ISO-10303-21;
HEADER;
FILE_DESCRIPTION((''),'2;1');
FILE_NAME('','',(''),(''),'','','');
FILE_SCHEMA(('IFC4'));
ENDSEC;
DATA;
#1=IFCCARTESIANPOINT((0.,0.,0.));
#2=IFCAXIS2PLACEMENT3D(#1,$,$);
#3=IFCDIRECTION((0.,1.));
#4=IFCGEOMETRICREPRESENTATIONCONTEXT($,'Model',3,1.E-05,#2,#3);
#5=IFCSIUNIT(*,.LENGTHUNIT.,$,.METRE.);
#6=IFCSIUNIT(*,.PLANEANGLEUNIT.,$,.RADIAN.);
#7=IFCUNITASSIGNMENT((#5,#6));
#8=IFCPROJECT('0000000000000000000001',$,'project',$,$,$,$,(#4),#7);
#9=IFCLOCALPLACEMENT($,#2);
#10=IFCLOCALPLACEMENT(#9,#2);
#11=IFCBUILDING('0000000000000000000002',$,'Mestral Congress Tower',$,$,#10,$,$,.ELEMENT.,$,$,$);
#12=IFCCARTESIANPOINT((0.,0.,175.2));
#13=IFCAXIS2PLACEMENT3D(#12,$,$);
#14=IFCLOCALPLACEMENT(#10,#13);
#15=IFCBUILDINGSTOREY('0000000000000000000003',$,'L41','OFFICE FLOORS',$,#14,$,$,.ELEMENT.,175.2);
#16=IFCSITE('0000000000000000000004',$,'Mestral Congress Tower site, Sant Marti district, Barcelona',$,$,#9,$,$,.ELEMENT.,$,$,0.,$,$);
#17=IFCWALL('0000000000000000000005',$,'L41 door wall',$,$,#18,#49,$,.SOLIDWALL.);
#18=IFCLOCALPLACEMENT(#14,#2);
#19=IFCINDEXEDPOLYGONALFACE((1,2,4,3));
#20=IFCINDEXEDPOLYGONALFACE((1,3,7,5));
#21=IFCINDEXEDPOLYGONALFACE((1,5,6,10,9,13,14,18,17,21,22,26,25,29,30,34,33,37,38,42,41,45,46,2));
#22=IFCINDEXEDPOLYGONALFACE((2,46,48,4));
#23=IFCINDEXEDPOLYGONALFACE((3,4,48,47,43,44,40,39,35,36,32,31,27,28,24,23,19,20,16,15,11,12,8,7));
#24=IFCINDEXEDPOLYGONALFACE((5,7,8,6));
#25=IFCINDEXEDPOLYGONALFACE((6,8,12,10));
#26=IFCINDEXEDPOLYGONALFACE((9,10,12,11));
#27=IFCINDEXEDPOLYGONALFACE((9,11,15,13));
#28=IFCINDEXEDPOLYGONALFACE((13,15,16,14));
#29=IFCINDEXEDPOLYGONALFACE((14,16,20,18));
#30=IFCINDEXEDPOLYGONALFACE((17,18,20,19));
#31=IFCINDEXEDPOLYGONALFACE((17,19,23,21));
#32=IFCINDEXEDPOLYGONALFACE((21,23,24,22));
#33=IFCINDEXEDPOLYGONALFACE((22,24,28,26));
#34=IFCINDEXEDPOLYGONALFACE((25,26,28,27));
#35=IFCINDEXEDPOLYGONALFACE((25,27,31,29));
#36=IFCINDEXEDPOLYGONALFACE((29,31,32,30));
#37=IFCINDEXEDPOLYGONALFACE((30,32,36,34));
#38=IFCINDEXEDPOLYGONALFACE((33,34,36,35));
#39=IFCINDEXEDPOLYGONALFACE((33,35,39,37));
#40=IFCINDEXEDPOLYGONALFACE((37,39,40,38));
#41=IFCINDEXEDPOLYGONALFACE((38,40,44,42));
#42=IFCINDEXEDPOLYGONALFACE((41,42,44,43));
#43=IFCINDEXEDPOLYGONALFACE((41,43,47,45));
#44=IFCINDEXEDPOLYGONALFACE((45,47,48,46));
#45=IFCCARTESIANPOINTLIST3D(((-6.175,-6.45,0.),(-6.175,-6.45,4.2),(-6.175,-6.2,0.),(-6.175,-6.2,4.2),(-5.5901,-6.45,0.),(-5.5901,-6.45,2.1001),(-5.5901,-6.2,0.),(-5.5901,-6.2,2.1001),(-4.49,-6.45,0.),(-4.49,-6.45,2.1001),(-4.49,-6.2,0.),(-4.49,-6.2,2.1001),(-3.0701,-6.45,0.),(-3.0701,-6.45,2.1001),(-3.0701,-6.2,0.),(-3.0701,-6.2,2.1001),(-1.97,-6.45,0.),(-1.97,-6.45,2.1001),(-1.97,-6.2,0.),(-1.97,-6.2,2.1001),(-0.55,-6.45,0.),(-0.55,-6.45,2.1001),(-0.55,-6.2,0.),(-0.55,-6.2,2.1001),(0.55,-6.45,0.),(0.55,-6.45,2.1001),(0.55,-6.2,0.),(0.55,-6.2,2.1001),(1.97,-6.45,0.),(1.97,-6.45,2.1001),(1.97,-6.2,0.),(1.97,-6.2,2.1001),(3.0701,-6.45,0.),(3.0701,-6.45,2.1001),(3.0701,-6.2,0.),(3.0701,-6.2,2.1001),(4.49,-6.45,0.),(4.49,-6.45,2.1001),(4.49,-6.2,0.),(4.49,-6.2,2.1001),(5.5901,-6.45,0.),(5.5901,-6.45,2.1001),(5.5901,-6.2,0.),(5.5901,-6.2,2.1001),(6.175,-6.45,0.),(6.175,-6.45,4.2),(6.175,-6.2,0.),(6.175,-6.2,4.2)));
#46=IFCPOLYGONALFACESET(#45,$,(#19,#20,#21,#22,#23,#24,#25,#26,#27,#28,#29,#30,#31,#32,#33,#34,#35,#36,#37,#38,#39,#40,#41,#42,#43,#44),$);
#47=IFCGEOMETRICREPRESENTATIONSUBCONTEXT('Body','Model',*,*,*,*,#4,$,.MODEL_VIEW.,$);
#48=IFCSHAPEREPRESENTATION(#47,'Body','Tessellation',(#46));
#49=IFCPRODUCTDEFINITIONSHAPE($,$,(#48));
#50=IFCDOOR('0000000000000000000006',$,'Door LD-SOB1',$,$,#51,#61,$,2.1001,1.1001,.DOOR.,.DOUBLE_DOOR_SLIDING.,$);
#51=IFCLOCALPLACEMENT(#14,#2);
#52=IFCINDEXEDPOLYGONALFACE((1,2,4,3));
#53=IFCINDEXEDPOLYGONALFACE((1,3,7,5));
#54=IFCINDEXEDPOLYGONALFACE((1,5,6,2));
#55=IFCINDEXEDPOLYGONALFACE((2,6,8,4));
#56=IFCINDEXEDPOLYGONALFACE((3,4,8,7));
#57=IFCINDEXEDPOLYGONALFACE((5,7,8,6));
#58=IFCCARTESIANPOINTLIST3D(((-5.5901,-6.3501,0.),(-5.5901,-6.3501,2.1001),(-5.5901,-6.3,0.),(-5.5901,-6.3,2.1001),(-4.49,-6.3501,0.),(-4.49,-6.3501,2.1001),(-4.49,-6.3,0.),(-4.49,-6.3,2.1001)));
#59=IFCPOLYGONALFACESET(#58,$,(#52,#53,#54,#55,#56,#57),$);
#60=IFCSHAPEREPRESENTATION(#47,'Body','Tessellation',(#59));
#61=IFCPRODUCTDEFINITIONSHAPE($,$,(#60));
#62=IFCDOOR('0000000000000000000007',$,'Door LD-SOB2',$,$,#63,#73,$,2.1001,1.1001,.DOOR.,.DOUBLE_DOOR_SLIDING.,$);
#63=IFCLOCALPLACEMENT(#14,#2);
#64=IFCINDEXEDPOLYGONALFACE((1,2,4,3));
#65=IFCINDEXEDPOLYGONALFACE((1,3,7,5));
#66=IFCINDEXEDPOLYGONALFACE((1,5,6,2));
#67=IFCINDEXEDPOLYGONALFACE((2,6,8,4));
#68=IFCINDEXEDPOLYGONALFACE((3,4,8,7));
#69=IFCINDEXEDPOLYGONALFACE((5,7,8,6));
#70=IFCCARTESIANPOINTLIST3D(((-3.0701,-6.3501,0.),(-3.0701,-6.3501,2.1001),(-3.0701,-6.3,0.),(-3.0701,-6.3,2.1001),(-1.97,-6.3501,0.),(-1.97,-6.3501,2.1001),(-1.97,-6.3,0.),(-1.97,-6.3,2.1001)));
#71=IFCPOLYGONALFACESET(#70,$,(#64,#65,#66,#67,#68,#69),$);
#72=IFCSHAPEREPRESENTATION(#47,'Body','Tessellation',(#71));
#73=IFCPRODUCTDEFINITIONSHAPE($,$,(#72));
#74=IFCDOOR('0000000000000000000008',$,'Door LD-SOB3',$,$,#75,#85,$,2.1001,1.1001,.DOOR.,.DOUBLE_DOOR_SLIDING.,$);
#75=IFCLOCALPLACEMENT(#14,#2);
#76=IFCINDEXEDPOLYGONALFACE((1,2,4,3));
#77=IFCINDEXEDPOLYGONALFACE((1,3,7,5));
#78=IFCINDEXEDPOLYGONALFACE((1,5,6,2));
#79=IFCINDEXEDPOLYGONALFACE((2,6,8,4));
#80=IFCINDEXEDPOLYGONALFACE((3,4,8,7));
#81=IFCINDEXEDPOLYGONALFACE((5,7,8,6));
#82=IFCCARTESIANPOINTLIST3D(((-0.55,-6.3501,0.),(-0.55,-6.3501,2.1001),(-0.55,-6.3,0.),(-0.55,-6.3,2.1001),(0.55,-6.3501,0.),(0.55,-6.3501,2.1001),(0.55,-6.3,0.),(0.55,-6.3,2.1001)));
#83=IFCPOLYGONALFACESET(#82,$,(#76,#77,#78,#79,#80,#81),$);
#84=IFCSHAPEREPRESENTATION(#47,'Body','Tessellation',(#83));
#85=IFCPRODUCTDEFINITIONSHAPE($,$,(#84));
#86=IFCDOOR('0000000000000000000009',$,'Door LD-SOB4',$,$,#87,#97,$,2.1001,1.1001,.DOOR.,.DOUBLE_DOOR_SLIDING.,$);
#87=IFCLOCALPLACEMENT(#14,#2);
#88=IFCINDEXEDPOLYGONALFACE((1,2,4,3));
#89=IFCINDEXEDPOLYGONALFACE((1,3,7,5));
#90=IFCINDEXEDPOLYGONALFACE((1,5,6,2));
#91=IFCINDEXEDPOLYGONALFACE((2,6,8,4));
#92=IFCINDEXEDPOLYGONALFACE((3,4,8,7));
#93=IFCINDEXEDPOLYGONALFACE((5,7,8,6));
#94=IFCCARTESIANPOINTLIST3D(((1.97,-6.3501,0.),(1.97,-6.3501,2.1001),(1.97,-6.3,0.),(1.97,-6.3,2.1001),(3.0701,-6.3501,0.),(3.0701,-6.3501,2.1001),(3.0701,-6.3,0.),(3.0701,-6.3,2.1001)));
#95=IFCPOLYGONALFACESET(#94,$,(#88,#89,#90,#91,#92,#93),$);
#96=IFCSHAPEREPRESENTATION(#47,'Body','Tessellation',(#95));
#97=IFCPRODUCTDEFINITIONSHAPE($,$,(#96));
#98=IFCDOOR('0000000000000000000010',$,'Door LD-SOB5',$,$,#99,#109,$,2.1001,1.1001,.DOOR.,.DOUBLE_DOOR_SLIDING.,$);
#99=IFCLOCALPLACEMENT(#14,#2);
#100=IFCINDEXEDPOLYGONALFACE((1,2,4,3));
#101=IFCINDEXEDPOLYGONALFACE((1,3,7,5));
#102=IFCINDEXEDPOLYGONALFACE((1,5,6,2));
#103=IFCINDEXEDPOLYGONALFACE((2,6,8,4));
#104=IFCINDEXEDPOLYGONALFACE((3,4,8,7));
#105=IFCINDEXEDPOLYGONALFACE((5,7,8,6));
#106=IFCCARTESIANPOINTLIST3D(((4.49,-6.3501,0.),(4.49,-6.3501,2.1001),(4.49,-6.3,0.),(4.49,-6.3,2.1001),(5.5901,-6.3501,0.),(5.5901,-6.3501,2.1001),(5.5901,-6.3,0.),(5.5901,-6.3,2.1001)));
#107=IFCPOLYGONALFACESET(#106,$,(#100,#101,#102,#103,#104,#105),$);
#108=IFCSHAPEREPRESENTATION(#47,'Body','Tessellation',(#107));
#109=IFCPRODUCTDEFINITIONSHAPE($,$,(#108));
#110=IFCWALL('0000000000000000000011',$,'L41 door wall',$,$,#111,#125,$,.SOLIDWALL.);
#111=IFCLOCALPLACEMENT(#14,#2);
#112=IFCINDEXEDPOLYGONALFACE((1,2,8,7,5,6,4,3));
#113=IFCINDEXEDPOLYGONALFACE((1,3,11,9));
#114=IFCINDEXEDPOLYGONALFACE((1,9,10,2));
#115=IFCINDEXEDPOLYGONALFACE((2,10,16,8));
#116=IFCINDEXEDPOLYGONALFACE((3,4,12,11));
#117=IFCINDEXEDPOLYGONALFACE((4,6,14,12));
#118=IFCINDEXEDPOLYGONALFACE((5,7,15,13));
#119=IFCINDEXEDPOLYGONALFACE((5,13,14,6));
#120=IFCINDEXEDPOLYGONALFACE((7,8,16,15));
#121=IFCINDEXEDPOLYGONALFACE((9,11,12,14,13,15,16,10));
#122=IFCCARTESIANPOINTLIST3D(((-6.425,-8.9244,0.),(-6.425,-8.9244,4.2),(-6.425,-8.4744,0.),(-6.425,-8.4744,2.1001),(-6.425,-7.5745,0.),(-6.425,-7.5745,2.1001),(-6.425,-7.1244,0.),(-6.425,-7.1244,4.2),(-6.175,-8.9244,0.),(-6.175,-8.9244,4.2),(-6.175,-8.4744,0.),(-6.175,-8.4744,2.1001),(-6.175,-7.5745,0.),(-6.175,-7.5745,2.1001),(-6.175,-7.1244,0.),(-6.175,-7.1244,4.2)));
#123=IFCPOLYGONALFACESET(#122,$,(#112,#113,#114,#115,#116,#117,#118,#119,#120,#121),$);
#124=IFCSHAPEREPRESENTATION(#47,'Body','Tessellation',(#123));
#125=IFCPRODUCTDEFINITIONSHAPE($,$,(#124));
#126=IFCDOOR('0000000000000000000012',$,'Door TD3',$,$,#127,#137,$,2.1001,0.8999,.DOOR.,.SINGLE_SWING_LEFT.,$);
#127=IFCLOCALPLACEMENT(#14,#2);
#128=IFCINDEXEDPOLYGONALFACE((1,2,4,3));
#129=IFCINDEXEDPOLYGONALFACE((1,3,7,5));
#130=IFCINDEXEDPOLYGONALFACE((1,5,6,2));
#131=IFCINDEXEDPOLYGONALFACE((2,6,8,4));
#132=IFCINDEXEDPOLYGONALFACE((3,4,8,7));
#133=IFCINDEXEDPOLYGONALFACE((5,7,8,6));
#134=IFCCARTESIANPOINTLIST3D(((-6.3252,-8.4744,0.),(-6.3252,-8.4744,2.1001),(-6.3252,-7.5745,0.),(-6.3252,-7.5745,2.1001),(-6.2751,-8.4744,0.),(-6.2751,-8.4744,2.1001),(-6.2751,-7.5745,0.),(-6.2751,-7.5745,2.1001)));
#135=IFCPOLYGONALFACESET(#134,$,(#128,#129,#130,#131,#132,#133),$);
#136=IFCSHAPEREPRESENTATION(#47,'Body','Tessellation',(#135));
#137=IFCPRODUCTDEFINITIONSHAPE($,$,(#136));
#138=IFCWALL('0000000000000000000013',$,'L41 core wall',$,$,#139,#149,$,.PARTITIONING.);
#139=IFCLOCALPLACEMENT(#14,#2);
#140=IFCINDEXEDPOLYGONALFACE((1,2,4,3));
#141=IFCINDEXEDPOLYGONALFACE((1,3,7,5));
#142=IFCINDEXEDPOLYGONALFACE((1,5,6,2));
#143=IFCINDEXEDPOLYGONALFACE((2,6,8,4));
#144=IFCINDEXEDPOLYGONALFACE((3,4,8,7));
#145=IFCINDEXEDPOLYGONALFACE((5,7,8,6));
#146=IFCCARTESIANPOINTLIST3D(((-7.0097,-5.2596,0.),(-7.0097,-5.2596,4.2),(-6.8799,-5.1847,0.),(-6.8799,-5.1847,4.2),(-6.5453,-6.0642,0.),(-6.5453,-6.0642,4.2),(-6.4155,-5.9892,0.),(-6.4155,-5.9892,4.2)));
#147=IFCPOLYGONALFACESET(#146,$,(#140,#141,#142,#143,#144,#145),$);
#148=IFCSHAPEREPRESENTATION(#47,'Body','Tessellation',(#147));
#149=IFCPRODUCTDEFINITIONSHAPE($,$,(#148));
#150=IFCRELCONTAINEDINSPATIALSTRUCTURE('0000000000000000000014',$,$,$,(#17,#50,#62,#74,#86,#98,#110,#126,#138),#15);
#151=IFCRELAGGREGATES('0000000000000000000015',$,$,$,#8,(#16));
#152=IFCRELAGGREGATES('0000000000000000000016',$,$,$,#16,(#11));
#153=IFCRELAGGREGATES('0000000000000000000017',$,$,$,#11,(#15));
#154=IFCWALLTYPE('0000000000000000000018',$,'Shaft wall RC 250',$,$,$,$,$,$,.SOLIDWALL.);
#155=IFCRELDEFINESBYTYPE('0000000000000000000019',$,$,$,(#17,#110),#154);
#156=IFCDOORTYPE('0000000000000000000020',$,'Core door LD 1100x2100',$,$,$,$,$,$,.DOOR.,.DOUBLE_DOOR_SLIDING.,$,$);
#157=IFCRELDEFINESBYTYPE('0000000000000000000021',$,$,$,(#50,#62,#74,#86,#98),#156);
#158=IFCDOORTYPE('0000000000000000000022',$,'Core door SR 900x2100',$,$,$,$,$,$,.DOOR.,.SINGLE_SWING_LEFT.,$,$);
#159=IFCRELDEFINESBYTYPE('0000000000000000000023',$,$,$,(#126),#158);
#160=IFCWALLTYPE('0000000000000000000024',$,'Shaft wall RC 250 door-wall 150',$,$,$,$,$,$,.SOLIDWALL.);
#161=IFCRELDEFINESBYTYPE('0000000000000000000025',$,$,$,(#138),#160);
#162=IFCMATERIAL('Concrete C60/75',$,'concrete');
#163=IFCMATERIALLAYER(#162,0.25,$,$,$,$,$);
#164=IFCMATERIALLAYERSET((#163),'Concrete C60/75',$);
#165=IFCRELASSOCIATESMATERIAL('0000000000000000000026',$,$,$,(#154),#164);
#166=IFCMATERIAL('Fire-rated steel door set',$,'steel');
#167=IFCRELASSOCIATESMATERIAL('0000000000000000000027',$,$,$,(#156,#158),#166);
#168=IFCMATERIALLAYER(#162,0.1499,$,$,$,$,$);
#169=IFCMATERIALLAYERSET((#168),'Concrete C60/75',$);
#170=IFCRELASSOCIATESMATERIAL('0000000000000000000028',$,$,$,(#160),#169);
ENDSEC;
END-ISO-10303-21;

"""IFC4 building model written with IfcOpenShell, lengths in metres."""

from ifc_helpers import new_model, si_unit, direction, frame, frame_2d, origin, place, context, subcontext, project, spatial, rectangle, extrude, material, layer, layer_set, type_object, element, fill, save


model = new_model("IFC4")

# Units and contexts
model_context = context("Model", 3, precision=1e-05, world=origin(), true_north=direction((0.0, 1.0)))
body_context = subcontext(model_context, "Body", "Model", "MODEL_VIEW")
ifc_project = project(units=[si_unit("LENGTHUNIT", "METRE"), si_unit("PLANEANGLEUNIT", "RADIAN")], contexts=[model_context])

# Site, building, storey
site_placement = place(None, origin())
site = spatial("IfcSite", under=ifc_project, at=site_placement, Name="Mestral Congress Tower site, Sant Marti district, Barcelona", CompositionType="ELEMENT", RefElevation=0.0)
building_placement = place(site_placement, origin())
building = spatial("IfcBuilding", under=site, at=building_placement, Name="Mestral Congress Tower", CompositionType="ELEMENT")
storey_placement = place(building_placement, frame((0.0, 0.0, 175.2)))
storey = spatial("IfcBuildingStorey", under=building, at=storey_placement, Name="L41", Description="OFFICE FLOORS", CompositionType="ELEMENT", Elevation=175.2)

# Shared definitions
ifc_material_1 = material(Name="Fire-rated steel door set", Category="steel")

# Shared definitions
ifc_material_2 = material(Name="Concrete C60/75", Category="concrete")
ifc_layer_1 = layer(ifc_material_2, 0.25)
ifc_layer_set_1 = layer_set([ifc_layer_1], Name="Concrete C60/75")
wall_type_1 = type_object("IfcWallType", Name="Shaft wall RC 250", PredefinedType="SOLIDWALL", material=ifc_layer_set_1)

# Wall, openings, doors
wall_1_placement = place(storey_placement, frame((-6.175, -6.325, 0.0), z_axis=(0.0, 0.0, 1.0), x_axis=(1.0, 0.0, 0.0)))
wall_1 = element("IfcWall", 1, at=wall_1_placement, inside=storey, type_object=wall_type_1, Name="L41 door wall", PredefinedType="SOLIDWALL", context=body_context, shape_type="SweptSolid", body=[
    extrude(rectangle(XDim=12.3501, YDim=0.25, at=frame_2d((6.175, 0.0))), origin(), (0.0, 0.0, 1.0), 4.2),
])
opening_1_placement = place(wall_1_placement, frame((0.585, 0.0, 0.0)))
opening_1 = element("IfcOpeningElement", 2, at=opening_1_placement, cuts=wall_1, PredefinedType="OPENING", context=body_context, shape_type="SweptSolid", body=[
    extrude(rectangle(XDim=1.1001, YDim=2.1001, at=frame_2d((0.55, 1.05))), frame((0.0, 0.135, 0.0), z_axis=(0.0, -1.0, 0.0), x_axis=(1.0, 0.0, 0.0)), (0.0, 0.0, 1.0), 0.27),
])
opening_2_placement = place(wall_1_placement, frame((3.105, 0.0, 0.0)))
opening_2 = element("IfcOpeningElement", 3, at=opening_2_placement, cuts=wall_1, PredefinedType="OPENING", context=body_context, shape_type="SweptSolid", body=[
    extrude(rectangle(XDim=1.1001, YDim=2.1001, at=frame_2d((0.55, 1.05))), frame((0.0, 0.135, 0.0), z_axis=(0.0, -1.0, 0.0), x_axis=(1.0, 0.0, 0.0)), (0.0, 0.0, 1.0), 0.27),
])
opening_3_placement = place(wall_1_placement, frame((5.625, 0.0, 0.0)))
opening_3 = element("IfcOpeningElement", 4, at=opening_3_placement, cuts=wall_1, PredefinedType="OPENING", context=body_context, shape_type="SweptSolid", body=[
    extrude(rectangle(XDim=1.1001, YDim=2.1001, at=frame_2d((0.55, 1.05))), frame((0.0, 0.135, 0.0), z_axis=(0.0, -1.0, 0.0), x_axis=(1.0, 0.0, 0.0)), (0.0, 0.0, 1.0), 0.27),
])
opening_4_placement = place(wall_1_placement, frame((8.145, 0.0, 0.0)))
opening_4 = element("IfcOpeningElement", 5, at=opening_4_placement, cuts=wall_1, PredefinedType="OPENING", context=body_context, shape_type="SweptSolid", body=[
    extrude(rectangle(XDim=1.1001, YDim=2.1001, at=frame_2d((0.55, 1.05))), frame((0.0, 0.135, 0.0), z_axis=(0.0, -1.0, 0.0), x_axis=(1.0, 0.0, 0.0)), (0.0, 0.0, 1.0), 0.27),
])
opening_5_placement = place(wall_1_placement, frame((10.665, 0.0, 0.0)))
opening_5 = element("IfcOpeningElement", 6, at=opening_5_placement, cuts=wall_1, PredefinedType="OPENING", context=body_context, shape_type="SweptSolid", body=[
    extrude(rectangle(XDim=1.1001, YDim=2.1001, at=frame_2d((0.55, 1.05))), frame((0.0, 0.135, 0.0), z_axis=(0.0, -1.0, 0.0), x_axis=(1.0, 0.0, 0.0)), (0.0, 0.0, 1.0), 0.27),
])
door_type_1 = type_object("IfcDoorType", Name="Core door LD 1100x2100", OperationType="DOUBLE_DOOR_SLIDING", PredefinedType="DOOR", material=ifc_material_1)
door_1_placement = place(opening_1_placement, origin())
door_1 = element("IfcDoor", 7, at=door_1_placement, inside=storey, type_object=door_type_1, Name="Door LD-SOB1", OperationType="DOUBLE_DOOR_SLIDING", OverallHeight=2.1001, OverallWidth=1.1001, PredefinedType="DOOR", context=body_context, shape_type="SweptSolid", body=[
    extrude(rectangle(XDim=1.1001, YDim=2.1001, at=frame_2d((0.55, 1.05))), frame((0.0, 0.0249, 0.0), z_axis=(0.0, -1.0, 0.0), x_axis=(1.0, 0.0, 0.0)), (0.0, 0.0, 1.0), 0.05),
])
fill(opening_1, door_1)
door_2_placement = place(opening_2_placement, origin())
door_2 = element("IfcDoor", 8, at=door_2_placement, inside=storey, type_object=door_type_1, Name="Door LD-SOB2", OperationType="DOUBLE_DOOR_SLIDING", OverallHeight=2.1001, OverallWidth=1.1001, PredefinedType="DOOR", context=body_context, shape_type="SweptSolid", body=[
    extrude(rectangle(XDim=1.1001, YDim=2.1001, at=frame_2d((0.55, 1.05))), frame((0.0, 0.0249, 0.0), z_axis=(0.0, -1.0, 0.0), x_axis=(1.0, 0.0, 0.0)), (0.0, 0.0, 1.0), 0.05),
])
fill(opening_2, door_2)
door_3_placement = place(opening_3_placement, origin())
door_3 = element("IfcDoor", 9, at=door_3_placement, inside=storey, type_object=door_type_1, Name="Door LD-SOB3", OperationType="DOUBLE_DOOR_SLIDING", OverallHeight=2.1001, OverallWidth=1.1001, PredefinedType="DOOR", context=body_context, shape_type="SweptSolid", body=[
    extrude(rectangle(XDim=1.1001, YDim=2.1001, at=frame_2d((0.55, 1.05))), frame((0.0, 0.0249, 0.0), z_axis=(0.0, -1.0, 0.0), x_axis=(1.0, 0.0, 0.0)), (0.0, 0.0, 1.0), 0.05),
])
fill(opening_3, door_3)
door_4_placement = place(opening_4_placement, origin())
door_4 = element("IfcDoor", 10, at=door_4_placement, inside=storey, type_object=door_type_1, Name="Door LD-SOB4", OperationType="DOUBLE_DOOR_SLIDING", OverallHeight=2.1001, OverallWidth=1.1001, PredefinedType="DOOR", context=body_context, shape_type="SweptSolid", body=[
    extrude(rectangle(XDim=1.1001, YDim=2.1001, at=frame_2d((0.55, 1.05))), frame((0.0, 0.0249, 0.0), z_axis=(0.0, -1.0, 0.0), x_axis=(1.0, 0.0, 0.0)), (0.0, 0.0, 1.0), 0.05),
])
fill(opening_4, door_4)
door_5_placement = place(opening_5_placement, origin())
door_5 = element("IfcDoor", 11, at=door_5_placement, inside=storey, type_object=door_type_1, Name="Door LD-SOB5", OperationType="DOUBLE_DOOR_SLIDING", OverallHeight=2.1001, OverallWidth=1.1001, PredefinedType="DOOR", context=body_context, shape_type="SweptSolid", body=[
    extrude(rectangle(XDim=1.1001, YDim=2.1001, at=frame_2d((0.55, 1.05))), frame((0.0, 0.0249, 0.0), z_axis=(0.0, -1.0, 0.0), x_axis=(1.0, 0.0, 0.0)), (0.0, 0.0, 1.0), 0.05),
])
fill(opening_5, door_5)

# Wall, opening, door
wall_2_placement = place(storey_placement, frame((-6.3, -7.1245, 0.0), z_axis=(0.0, 0.0, 1.0), x_axis=(0.0, -1.0, 0.0)))
wall_2 = element("IfcWall", 12, at=wall_2_placement, inside=storey, type_object=wall_type_1, Name="L41 door wall", PredefinedType="SOLIDWALL", context=body_context, shape_type="SweptSolid", body=[
    extrude(rectangle(XDim=1.8, YDim=0.25, at=frame_2d((0.8999, 0.0))), origin(), (0.0, 0.0, 1.0), 4.2),
])
opening_6_placement = place(wall_2_placement, frame((0.45, 0.0, 0.0)))
opening_6 = element("IfcOpeningElement", 13, at=opening_6_placement, cuts=wall_2, PredefinedType="OPENING", context=body_context, shape_type="SweptSolid", body=[
    extrude(rectangle(XDim=0.8999, YDim=2.1001, at=frame_2d((0.45, 1.05))), frame((0.0, 0.135, 0.0), z_axis=(0.0, -1.0, 0.0), x_axis=(1.0, 0.0, 0.0)), (0.0, 0.0, 1.0), 0.27),
])
door_type_2 = type_object("IfcDoorType", Name="Core door SR 900x2100", OperationType="SINGLE_SWING_LEFT", PredefinedType="DOOR", material=ifc_material_1)
door_6_placement = place(opening_6_placement, origin())
door_6 = element("IfcDoor", 14, at=door_6_placement, inside=storey, type_object=door_type_2, Name="Door TD3", OperationType="SINGLE_SWING_LEFT", OverallHeight=2.1001, OverallWidth=0.8999, PredefinedType="DOOR", context=body_context, shape_type="SweptSolid", body=[
    extrude(rectangle(XDim=0.8999, YDim=2.1001, at=frame_2d((0.45, 1.05))), frame((0.0, 0.0249, 0.0), z_axis=(0.0, -1.0, 0.0), x_axis=(1.0, 0.0, 0.0)), (0.0, 0.0, 1.0), 0.05),
])
fill(opening_6, door_6)

# Wall
ifc_layer_2 = layer(ifc_material_2, 0.1499)
ifc_layer_set_2 = layer_set([ifc_layer_2], Name="Concrete C60/75")
wall_type_2 = type_object("IfcWallType", Name="Shaft wall RC 250 door-wall 150", PredefinedType="SOLIDWALL", material=ifc_layer_set_2)
wall_3_placement = place(storey_placement, frame((-6.4805, -6.0266, 0.0), z_axis=(0.0, 0.0, 1.0), x_axis=(-0.499927, 0.866067, 0.0)))
element("IfcWall", 15, at=wall_3_placement, inside=storey, type_object=wall_type_2, Name="L41 core wall", PredefinedType="PARTITIONING", context=body_context, shape_type="SweptSolid", body=[
    extrude(rectangle(XDim=0.929, YDim=0.1499, at=frame_2d((0.4644, 0.0))), origin(), (0.0, 0.0, 1.0), 4.2),
])

save(model, "model.ifc")
